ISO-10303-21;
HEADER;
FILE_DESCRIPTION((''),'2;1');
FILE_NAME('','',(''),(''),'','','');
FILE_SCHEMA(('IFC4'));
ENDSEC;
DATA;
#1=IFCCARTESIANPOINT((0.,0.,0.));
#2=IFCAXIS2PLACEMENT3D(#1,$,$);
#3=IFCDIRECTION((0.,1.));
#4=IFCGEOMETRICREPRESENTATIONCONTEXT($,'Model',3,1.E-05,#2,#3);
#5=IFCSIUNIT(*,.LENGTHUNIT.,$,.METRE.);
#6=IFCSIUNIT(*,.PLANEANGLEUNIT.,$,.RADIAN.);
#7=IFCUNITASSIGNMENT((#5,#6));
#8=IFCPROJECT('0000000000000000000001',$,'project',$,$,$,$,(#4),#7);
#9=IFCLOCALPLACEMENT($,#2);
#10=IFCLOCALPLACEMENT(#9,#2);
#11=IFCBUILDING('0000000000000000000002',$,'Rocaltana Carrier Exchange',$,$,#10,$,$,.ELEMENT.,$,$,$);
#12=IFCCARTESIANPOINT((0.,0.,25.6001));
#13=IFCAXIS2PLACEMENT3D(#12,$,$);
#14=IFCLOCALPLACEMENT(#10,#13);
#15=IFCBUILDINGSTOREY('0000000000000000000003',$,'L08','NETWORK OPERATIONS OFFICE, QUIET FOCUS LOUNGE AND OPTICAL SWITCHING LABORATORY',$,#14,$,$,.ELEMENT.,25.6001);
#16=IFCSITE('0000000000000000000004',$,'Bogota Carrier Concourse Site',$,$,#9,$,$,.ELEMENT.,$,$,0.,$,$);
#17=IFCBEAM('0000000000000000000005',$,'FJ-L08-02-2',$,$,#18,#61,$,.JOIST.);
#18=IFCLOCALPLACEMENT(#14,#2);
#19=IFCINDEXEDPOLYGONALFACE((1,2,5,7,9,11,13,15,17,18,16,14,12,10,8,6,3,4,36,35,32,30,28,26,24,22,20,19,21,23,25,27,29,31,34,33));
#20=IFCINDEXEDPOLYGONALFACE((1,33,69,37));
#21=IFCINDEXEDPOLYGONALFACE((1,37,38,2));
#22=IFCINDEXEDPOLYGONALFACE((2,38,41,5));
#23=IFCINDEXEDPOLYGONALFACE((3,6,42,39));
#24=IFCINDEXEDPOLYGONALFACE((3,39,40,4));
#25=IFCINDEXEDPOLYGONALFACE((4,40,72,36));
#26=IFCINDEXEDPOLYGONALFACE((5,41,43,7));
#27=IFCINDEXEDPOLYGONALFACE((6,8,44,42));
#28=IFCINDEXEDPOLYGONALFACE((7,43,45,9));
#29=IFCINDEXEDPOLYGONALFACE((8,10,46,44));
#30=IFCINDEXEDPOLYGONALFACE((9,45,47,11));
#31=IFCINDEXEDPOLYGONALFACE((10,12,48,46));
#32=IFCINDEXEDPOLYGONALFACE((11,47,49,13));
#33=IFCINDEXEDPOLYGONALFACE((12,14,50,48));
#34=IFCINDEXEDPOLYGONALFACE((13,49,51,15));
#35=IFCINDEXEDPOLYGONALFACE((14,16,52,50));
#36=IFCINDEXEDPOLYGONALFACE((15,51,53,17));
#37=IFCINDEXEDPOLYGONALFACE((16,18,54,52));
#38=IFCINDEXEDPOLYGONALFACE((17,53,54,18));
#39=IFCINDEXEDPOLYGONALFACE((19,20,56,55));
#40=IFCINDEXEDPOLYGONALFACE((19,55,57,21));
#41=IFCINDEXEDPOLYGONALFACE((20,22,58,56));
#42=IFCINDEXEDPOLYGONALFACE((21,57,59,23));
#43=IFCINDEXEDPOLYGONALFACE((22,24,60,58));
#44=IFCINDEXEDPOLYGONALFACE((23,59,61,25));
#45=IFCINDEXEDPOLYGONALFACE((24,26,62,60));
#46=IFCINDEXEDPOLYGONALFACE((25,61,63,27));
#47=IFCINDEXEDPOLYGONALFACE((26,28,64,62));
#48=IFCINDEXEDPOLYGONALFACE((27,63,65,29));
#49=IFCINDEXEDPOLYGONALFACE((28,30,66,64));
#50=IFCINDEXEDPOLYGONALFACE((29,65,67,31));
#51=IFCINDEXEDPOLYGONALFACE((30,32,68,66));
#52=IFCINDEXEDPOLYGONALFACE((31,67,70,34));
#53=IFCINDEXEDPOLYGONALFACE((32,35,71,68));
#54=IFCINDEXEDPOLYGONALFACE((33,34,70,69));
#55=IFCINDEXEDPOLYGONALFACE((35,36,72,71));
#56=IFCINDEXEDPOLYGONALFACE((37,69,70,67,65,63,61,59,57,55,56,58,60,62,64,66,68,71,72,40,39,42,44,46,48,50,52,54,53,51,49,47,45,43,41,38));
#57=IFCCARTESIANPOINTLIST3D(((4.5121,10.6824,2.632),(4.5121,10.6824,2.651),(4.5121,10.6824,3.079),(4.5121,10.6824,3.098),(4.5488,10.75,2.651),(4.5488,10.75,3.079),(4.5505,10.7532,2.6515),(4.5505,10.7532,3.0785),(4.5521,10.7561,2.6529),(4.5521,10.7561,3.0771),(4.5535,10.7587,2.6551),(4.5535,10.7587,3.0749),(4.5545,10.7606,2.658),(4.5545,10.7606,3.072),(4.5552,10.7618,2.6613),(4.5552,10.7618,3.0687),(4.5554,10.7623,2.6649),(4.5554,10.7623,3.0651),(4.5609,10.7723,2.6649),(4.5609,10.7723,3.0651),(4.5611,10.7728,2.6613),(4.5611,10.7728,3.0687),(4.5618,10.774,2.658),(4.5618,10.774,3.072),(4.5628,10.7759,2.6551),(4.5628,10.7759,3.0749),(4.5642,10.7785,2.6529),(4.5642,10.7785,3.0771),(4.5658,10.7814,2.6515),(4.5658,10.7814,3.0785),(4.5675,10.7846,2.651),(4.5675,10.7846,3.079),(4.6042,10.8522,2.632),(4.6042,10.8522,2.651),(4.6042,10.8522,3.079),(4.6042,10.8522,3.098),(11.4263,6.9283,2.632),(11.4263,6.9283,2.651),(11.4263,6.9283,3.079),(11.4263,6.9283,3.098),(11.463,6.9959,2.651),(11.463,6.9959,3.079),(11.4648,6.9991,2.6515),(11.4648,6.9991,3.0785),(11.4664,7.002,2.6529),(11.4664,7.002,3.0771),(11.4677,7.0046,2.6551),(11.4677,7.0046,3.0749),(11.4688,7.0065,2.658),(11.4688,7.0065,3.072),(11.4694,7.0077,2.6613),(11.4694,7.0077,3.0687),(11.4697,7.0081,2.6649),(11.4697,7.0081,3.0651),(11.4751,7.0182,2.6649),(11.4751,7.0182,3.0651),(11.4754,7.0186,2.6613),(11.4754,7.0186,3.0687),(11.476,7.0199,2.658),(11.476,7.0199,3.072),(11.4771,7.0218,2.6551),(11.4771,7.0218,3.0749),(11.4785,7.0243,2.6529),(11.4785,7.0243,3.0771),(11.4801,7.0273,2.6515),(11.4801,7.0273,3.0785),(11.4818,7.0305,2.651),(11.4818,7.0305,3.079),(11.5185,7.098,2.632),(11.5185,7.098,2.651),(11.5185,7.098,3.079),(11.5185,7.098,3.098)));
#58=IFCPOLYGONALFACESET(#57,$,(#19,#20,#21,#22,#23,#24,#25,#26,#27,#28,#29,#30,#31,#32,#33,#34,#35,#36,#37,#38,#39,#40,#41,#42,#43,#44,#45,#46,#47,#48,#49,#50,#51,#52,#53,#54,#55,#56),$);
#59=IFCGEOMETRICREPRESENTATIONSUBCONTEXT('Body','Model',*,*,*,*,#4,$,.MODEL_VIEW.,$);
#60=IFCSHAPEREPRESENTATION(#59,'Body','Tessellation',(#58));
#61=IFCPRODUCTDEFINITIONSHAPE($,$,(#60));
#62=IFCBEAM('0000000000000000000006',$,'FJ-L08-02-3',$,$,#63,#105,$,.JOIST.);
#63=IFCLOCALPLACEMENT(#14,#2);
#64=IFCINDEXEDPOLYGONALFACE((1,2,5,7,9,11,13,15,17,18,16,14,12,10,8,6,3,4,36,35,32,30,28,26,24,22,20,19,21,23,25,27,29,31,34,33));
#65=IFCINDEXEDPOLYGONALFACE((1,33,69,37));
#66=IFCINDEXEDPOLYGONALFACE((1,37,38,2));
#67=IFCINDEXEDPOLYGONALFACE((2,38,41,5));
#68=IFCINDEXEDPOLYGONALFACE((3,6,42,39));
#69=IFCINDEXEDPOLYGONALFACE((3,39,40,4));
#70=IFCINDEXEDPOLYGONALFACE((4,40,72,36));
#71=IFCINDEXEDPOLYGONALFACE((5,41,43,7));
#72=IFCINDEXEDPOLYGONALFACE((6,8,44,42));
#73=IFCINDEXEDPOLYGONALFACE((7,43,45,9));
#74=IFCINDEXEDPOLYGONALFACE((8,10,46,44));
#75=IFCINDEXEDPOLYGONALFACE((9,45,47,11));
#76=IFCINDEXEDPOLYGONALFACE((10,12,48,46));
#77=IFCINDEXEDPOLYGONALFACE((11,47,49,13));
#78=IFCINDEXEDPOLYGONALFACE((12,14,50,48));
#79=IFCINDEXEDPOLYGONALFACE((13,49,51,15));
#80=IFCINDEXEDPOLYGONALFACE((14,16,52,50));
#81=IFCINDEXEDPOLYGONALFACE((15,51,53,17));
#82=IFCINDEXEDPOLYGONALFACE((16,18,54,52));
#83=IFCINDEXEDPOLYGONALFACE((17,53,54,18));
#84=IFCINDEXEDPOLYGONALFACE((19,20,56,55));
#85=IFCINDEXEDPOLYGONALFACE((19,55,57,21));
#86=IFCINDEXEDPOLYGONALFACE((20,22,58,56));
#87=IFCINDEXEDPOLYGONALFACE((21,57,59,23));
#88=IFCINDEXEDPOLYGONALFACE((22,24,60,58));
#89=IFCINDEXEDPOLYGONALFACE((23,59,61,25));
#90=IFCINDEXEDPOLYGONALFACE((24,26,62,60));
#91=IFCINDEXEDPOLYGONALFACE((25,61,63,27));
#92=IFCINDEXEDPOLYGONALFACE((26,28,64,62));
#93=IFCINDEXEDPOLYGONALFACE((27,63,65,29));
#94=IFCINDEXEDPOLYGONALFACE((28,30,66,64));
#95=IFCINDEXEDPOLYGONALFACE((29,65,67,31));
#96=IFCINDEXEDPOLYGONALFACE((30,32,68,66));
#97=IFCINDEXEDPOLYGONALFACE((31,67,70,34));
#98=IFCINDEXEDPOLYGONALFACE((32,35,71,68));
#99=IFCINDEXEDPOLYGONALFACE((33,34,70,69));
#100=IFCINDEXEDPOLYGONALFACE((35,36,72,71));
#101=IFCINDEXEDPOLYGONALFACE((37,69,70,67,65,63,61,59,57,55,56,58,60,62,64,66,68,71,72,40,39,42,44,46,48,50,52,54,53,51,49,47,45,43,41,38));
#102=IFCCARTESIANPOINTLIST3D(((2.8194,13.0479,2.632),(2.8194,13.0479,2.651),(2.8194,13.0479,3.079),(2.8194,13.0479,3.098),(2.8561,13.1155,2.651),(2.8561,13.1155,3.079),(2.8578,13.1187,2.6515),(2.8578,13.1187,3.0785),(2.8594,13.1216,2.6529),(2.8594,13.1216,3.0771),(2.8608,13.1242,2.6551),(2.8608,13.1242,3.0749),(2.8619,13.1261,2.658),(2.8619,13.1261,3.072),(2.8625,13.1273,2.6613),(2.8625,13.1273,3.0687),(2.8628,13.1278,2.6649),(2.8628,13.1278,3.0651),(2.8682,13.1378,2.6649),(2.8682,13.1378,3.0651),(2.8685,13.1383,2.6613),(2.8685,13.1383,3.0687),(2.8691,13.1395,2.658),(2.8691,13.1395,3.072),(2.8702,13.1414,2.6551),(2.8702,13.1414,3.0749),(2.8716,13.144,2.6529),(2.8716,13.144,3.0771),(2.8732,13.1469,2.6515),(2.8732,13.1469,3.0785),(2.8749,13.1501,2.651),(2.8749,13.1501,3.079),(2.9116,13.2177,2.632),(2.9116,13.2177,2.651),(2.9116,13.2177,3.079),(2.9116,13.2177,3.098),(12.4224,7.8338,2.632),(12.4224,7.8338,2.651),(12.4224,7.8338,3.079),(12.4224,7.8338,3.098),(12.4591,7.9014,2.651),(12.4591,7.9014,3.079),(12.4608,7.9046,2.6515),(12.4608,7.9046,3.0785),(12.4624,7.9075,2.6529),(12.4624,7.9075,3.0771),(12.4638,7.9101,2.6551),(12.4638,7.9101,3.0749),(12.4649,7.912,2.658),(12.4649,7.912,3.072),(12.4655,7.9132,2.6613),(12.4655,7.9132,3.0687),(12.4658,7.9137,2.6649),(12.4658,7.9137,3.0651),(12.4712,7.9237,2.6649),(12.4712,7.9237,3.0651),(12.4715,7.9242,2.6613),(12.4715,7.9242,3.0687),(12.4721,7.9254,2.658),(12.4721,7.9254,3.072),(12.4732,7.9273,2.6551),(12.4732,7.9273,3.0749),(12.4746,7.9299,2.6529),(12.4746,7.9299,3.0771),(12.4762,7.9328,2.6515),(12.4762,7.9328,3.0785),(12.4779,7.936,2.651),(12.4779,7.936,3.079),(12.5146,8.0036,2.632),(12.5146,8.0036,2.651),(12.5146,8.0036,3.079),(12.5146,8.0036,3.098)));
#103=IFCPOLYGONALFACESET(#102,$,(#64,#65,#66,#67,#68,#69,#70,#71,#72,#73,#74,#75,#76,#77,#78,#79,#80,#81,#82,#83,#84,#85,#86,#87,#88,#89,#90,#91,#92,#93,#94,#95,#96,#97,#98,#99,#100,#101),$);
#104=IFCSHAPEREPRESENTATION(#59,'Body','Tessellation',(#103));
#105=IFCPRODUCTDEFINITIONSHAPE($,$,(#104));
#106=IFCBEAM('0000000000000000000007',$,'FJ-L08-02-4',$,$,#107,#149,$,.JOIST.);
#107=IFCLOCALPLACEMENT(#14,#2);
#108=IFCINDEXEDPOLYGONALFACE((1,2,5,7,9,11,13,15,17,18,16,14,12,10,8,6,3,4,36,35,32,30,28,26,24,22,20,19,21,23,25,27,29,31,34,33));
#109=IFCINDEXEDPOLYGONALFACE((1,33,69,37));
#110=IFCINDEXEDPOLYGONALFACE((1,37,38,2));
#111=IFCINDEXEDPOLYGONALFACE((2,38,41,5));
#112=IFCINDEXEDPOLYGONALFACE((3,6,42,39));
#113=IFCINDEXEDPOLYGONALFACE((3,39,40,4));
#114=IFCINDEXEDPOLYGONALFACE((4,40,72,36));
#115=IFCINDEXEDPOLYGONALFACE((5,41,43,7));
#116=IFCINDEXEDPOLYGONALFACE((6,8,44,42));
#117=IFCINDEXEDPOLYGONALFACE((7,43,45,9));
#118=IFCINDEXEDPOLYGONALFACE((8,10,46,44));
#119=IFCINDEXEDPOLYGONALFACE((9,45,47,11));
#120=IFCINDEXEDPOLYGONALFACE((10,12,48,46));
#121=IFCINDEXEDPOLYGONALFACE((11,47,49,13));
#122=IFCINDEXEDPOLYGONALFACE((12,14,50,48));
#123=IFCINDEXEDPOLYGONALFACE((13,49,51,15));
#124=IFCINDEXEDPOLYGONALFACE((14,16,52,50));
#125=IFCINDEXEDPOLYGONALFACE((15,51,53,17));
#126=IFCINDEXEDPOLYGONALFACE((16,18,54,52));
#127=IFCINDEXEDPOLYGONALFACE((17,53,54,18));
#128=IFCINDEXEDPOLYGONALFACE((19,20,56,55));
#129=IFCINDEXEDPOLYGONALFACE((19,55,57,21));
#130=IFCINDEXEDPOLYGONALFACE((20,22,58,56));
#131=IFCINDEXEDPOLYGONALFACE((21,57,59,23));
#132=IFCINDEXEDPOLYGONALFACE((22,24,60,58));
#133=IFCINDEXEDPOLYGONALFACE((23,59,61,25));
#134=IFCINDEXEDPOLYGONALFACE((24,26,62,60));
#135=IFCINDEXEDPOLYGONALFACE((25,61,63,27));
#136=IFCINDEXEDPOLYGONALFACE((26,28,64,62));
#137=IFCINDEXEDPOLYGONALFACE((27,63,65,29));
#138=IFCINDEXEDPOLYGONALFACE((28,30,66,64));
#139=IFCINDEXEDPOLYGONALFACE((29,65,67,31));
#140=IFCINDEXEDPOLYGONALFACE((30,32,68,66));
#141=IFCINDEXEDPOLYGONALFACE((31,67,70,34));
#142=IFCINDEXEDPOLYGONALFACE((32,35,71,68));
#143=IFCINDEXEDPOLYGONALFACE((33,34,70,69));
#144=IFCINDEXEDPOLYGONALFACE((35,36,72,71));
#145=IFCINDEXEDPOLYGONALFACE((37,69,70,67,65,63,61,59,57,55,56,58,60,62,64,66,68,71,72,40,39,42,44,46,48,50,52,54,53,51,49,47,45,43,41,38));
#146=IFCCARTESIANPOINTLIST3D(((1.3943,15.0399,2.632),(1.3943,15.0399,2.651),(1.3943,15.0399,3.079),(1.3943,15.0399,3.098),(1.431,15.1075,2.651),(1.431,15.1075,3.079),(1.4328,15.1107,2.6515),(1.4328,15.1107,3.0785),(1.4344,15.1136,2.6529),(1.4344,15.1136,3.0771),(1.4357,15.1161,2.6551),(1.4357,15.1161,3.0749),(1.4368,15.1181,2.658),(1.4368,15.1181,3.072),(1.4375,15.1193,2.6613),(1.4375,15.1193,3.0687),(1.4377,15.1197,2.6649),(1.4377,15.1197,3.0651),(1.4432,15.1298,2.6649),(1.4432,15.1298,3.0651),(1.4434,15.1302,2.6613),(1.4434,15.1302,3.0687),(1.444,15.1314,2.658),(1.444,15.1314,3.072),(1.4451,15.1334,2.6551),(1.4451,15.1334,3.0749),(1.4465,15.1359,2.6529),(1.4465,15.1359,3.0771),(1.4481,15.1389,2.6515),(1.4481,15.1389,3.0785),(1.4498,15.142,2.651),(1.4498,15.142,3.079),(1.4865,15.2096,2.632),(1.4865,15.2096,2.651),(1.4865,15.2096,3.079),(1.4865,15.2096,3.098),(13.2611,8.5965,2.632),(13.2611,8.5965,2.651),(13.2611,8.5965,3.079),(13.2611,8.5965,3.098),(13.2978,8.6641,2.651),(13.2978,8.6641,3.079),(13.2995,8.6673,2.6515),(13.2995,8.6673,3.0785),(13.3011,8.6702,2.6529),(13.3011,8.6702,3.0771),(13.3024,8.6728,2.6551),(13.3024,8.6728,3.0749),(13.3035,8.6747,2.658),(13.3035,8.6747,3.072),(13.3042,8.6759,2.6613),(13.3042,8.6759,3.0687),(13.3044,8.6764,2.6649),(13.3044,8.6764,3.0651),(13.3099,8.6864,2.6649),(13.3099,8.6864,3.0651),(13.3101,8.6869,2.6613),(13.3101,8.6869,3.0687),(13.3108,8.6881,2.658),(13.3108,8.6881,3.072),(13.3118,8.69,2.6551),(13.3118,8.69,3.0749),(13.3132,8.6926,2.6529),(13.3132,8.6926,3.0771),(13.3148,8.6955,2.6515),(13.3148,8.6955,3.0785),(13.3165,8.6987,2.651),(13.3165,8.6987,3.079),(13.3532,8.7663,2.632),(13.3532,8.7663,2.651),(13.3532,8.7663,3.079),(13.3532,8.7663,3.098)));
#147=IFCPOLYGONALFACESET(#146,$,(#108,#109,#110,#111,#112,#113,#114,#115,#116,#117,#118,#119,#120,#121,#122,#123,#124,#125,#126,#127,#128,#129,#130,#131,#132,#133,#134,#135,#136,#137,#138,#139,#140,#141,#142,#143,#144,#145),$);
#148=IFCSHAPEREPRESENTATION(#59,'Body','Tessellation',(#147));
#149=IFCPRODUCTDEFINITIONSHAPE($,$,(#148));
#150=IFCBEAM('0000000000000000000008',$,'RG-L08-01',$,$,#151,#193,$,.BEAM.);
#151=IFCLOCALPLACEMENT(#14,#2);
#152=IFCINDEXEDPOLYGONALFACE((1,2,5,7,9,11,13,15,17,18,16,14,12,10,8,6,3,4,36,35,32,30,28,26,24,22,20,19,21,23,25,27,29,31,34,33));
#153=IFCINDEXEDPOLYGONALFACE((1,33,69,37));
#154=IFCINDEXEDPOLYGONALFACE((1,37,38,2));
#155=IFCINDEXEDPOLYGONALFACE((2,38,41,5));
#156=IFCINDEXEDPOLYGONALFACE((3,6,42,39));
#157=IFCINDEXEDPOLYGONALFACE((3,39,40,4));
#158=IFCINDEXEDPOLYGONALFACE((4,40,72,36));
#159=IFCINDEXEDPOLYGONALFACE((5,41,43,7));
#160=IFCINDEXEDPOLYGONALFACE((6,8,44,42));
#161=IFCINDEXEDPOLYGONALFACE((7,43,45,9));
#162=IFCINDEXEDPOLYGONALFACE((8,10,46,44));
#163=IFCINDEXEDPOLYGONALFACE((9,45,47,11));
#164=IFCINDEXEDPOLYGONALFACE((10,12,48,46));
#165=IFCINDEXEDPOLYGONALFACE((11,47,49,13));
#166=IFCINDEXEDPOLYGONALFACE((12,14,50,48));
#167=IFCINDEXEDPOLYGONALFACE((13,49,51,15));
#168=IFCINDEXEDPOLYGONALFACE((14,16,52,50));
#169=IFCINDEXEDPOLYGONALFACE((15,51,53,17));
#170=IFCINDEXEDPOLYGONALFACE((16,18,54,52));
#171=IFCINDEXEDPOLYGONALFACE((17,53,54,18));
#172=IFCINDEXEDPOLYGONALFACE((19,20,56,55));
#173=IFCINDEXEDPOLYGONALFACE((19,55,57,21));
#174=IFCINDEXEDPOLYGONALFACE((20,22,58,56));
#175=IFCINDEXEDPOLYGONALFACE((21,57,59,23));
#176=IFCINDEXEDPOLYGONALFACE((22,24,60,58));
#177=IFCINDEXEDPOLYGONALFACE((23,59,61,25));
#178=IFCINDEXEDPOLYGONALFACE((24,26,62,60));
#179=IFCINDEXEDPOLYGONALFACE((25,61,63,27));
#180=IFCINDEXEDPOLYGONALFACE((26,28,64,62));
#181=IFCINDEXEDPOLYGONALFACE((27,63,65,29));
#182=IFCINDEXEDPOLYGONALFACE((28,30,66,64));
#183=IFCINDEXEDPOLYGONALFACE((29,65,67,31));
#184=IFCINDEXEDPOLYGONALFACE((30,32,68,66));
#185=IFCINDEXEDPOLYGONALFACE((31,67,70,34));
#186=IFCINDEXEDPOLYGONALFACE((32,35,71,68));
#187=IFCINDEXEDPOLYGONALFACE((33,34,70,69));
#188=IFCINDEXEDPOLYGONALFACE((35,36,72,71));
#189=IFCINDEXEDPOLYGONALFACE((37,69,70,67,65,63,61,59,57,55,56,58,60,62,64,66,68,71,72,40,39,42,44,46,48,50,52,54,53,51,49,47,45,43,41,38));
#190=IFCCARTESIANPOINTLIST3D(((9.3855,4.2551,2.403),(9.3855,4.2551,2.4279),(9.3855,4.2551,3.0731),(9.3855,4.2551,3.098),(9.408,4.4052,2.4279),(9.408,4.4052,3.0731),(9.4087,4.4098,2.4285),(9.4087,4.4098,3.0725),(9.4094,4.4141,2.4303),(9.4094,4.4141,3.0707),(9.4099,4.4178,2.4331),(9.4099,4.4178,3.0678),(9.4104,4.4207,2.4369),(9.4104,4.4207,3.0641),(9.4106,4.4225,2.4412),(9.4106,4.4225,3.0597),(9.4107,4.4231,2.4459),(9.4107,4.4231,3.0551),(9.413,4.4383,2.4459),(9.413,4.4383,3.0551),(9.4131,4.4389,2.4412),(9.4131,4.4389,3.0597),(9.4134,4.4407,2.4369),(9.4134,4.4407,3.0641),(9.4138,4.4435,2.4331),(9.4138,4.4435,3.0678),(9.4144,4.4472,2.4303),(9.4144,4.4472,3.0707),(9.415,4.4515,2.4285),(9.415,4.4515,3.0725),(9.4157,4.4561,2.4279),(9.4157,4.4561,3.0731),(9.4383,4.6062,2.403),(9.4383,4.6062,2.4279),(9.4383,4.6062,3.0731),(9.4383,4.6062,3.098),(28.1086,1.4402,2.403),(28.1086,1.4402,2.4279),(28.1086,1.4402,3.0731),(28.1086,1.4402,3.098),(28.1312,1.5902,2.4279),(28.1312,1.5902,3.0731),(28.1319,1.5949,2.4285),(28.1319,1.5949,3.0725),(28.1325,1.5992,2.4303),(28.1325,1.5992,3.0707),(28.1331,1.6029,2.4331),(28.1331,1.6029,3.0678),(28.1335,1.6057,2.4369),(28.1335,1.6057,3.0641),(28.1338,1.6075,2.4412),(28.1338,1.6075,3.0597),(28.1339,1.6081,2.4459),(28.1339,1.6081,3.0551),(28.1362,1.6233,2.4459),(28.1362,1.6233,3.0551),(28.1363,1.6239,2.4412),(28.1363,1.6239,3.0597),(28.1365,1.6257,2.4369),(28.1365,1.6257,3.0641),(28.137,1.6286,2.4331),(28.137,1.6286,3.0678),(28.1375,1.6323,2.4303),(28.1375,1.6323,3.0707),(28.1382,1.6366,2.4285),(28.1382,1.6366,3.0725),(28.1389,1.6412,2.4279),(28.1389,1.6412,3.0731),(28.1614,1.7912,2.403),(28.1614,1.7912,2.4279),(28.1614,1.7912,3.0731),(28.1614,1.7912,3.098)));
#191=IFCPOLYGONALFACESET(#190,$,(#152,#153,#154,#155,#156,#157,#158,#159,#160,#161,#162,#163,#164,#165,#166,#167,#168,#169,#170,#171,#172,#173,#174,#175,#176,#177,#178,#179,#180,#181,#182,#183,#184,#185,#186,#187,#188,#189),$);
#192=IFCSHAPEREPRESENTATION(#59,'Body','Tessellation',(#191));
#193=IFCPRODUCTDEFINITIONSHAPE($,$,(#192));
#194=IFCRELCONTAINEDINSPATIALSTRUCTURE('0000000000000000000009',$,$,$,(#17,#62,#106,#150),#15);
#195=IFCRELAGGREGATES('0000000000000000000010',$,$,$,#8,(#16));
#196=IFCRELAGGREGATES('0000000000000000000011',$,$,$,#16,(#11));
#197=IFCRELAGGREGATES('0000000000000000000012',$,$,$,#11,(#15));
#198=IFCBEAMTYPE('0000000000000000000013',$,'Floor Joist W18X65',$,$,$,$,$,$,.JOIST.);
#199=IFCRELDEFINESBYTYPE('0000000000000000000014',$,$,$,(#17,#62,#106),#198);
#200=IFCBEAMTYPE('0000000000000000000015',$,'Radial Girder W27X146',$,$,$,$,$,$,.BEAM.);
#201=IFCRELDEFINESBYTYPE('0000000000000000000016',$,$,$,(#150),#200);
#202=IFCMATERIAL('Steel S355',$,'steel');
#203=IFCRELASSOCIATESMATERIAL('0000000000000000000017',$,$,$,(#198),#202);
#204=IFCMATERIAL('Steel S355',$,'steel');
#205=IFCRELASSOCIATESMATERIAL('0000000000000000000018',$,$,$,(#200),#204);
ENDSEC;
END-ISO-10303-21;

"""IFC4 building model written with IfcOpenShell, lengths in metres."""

from ifc_helpers import new_model, si_unit, direction, frame, origin, origin_2d, place, context, subcontext, project, spatial, i_section, extrude, material, material_profile, profile_set, type_object, element, save


model = new_model("IFC4")

# Units and contexts
model_context = context("Model", 3, precision=1e-05, world=origin(), true_north=direction((0.0, 1.0)))
body_context = subcontext(model_context, "Body", "Model", "MODEL_VIEW")
ifc_project = project(units=[si_unit("LENGTHUNIT", "METRE"), si_unit("PLANEANGLEUNIT", "RADIAN")], contexts=[model_context])

# Site, building, storey
site_placement = place(None, origin())
site = spatial("IfcSite", under=ifc_project, at=site_placement, Name="Bogota Carrier Concourse Site", CompositionType="ELEMENT", RefElevation=0.0)
building_placement = place(site_placement, origin())
building = spatial("IfcBuilding", under=site, at=building_placement, Name="Rocaltana Carrier Exchange", CompositionType="ELEMENT")
storey_placement = place(building_placement, frame((0.0, 0.0, 25.6001)))
storey = spatial("IfcBuildingStorey", under=building, at=storey_placement, Name="L08", Description="NETWORK OPERATIONS OFFICE, QUIET FOCUS LOUNGE AND OPTICAL SWITCHING LABORATORY", CompositionType="ELEMENT", Elevation=25.6001)

# Beams
ifc_material_1 = material(Name="Steel S355", Category="steel")
ifc_material_profile_1 = material_profile(ifc_material_1, i_section(OverallWidth=0.1931, OverallDepth=0.4661, WebThickness=0.0115, FlangeThickness=0.019, FilletRadius=0.0139, at=origin_2d()), Name="W18X65")
ifc_profile_set_1 = profile_set([ifc_material_profile_1], Name="Steel S355")
beam_type_1 = type_object("IfcBeamType", Name="Floor Joist W18X65", PredefinedType="JOIST", material=ifc_profile_set_1)
beam_1_placement = place(storey_placement, frame((11.4724, 7.0132, 2.865), z_axis=(-0.878818, 0.477158, 0.0), x_axis=(-0.477158, -0.878818, 0.0)))
element("IfcBeam", 1, at=beam_1_placement, inside=storey, type_object=beam_type_1, Name="FJ-L08-02-2", PredefinedType="JOIST", context=body_context, shape_type="SweptSolid", body=[
    extrude(i_section(OverallWidth=0.1931, OverallDepth=0.4661, WebThickness=0.0115, FlangeThickness=0.019, FilletRadius=0.0139, at=origin_2d()), origin(), (0.0, 0.0, 1.0), 7.8677),
])
beam_2_placement = place(storey_placement, frame((12.4685, 7.9187, 2.865), z_axis=(-0.878814, 0.477165, 0.0), x_axis=(-0.477165, -0.878814, 0.0)))
element("IfcBeam", 2, at=beam_2_placement, inside=storey, type_object=beam_type_1, Name="FJ-L08-02-3", PredefinedType="JOIST", context=body_context, shape_type="SweptSolid", body=[
    extrude(i_section(OverallWidth=0.1931, OverallDepth=0.4661, WebThickness=0.0115, FlangeThickness=0.019, FilletRadius=0.0139, at=origin_2d()), origin(), (0.0, 0.0, 1.0), 10.9272),
])
beam_3_placement = place(storey_placement, frame((13.3071, 8.6814, 2.865), z_axis=(-0.878809, 0.477174, 0.0), x_axis=(-0.477174, -0.878809, 0.0)))
element("IfcBeam", 3, at=beam_3_placement, inside=storey, type_object=beam_type_1, Name="FJ-L08-02-4", PredefinedType="JOIST", context=body_context, shape_type="SweptSolid", body=[
    extrude(i_section(OverallWidth=0.1931, OverallDepth=0.4661, WebThickness=0.0115, FlangeThickness=0.019, FilletRadius=0.0139, at=origin_2d()), origin(), (0.0, 0.0, 1.0), 13.5032),
])
ifc_material_2 = material(Name="Steel S355", Category="steel")
ifc_material_profile_2 = material_profile(ifc_material_2, i_section(OverallWidth=0.355, OverallDepth=0.6951, WebThickness=0.0154, FlangeThickness=0.0249, FilletRadius=0.0181, at=origin_2d()), Name="W27X146")
ifc_profile_set_2 = profile_set([ifc_material_profile_2], Name="Steel S355")
beam_type_2 = type_object("IfcBeamType", Name="Radial Girder W27X146", PredefinedType="BEAM", material=ifc_profile_set_2)
beam_4_placement = place(storey_placement, frame((9.4119, 4.4307, 2.7505), z_axis=(0.988886, -0.148675, 0.0), x_axis=(0.148675, 0.988886, 0.0)))
element("IfcBeam", 4, at=beam_4_placement, inside=storey, type_object=beam_type_2, Name="RG-L08-01", PredefinedType="BEAM", context=body_context, shape_type="SweptSolid", body=[
    extrude(i_section(OverallWidth=0.355, OverallDepth=0.6951, WebThickness=0.0154, FlangeThickness=0.0249, FilletRadius=0.0181, at=origin_2d()), origin(), (0.0, 0.0, 1.0), 18.9336),
])

save(model, "model.ifc")
